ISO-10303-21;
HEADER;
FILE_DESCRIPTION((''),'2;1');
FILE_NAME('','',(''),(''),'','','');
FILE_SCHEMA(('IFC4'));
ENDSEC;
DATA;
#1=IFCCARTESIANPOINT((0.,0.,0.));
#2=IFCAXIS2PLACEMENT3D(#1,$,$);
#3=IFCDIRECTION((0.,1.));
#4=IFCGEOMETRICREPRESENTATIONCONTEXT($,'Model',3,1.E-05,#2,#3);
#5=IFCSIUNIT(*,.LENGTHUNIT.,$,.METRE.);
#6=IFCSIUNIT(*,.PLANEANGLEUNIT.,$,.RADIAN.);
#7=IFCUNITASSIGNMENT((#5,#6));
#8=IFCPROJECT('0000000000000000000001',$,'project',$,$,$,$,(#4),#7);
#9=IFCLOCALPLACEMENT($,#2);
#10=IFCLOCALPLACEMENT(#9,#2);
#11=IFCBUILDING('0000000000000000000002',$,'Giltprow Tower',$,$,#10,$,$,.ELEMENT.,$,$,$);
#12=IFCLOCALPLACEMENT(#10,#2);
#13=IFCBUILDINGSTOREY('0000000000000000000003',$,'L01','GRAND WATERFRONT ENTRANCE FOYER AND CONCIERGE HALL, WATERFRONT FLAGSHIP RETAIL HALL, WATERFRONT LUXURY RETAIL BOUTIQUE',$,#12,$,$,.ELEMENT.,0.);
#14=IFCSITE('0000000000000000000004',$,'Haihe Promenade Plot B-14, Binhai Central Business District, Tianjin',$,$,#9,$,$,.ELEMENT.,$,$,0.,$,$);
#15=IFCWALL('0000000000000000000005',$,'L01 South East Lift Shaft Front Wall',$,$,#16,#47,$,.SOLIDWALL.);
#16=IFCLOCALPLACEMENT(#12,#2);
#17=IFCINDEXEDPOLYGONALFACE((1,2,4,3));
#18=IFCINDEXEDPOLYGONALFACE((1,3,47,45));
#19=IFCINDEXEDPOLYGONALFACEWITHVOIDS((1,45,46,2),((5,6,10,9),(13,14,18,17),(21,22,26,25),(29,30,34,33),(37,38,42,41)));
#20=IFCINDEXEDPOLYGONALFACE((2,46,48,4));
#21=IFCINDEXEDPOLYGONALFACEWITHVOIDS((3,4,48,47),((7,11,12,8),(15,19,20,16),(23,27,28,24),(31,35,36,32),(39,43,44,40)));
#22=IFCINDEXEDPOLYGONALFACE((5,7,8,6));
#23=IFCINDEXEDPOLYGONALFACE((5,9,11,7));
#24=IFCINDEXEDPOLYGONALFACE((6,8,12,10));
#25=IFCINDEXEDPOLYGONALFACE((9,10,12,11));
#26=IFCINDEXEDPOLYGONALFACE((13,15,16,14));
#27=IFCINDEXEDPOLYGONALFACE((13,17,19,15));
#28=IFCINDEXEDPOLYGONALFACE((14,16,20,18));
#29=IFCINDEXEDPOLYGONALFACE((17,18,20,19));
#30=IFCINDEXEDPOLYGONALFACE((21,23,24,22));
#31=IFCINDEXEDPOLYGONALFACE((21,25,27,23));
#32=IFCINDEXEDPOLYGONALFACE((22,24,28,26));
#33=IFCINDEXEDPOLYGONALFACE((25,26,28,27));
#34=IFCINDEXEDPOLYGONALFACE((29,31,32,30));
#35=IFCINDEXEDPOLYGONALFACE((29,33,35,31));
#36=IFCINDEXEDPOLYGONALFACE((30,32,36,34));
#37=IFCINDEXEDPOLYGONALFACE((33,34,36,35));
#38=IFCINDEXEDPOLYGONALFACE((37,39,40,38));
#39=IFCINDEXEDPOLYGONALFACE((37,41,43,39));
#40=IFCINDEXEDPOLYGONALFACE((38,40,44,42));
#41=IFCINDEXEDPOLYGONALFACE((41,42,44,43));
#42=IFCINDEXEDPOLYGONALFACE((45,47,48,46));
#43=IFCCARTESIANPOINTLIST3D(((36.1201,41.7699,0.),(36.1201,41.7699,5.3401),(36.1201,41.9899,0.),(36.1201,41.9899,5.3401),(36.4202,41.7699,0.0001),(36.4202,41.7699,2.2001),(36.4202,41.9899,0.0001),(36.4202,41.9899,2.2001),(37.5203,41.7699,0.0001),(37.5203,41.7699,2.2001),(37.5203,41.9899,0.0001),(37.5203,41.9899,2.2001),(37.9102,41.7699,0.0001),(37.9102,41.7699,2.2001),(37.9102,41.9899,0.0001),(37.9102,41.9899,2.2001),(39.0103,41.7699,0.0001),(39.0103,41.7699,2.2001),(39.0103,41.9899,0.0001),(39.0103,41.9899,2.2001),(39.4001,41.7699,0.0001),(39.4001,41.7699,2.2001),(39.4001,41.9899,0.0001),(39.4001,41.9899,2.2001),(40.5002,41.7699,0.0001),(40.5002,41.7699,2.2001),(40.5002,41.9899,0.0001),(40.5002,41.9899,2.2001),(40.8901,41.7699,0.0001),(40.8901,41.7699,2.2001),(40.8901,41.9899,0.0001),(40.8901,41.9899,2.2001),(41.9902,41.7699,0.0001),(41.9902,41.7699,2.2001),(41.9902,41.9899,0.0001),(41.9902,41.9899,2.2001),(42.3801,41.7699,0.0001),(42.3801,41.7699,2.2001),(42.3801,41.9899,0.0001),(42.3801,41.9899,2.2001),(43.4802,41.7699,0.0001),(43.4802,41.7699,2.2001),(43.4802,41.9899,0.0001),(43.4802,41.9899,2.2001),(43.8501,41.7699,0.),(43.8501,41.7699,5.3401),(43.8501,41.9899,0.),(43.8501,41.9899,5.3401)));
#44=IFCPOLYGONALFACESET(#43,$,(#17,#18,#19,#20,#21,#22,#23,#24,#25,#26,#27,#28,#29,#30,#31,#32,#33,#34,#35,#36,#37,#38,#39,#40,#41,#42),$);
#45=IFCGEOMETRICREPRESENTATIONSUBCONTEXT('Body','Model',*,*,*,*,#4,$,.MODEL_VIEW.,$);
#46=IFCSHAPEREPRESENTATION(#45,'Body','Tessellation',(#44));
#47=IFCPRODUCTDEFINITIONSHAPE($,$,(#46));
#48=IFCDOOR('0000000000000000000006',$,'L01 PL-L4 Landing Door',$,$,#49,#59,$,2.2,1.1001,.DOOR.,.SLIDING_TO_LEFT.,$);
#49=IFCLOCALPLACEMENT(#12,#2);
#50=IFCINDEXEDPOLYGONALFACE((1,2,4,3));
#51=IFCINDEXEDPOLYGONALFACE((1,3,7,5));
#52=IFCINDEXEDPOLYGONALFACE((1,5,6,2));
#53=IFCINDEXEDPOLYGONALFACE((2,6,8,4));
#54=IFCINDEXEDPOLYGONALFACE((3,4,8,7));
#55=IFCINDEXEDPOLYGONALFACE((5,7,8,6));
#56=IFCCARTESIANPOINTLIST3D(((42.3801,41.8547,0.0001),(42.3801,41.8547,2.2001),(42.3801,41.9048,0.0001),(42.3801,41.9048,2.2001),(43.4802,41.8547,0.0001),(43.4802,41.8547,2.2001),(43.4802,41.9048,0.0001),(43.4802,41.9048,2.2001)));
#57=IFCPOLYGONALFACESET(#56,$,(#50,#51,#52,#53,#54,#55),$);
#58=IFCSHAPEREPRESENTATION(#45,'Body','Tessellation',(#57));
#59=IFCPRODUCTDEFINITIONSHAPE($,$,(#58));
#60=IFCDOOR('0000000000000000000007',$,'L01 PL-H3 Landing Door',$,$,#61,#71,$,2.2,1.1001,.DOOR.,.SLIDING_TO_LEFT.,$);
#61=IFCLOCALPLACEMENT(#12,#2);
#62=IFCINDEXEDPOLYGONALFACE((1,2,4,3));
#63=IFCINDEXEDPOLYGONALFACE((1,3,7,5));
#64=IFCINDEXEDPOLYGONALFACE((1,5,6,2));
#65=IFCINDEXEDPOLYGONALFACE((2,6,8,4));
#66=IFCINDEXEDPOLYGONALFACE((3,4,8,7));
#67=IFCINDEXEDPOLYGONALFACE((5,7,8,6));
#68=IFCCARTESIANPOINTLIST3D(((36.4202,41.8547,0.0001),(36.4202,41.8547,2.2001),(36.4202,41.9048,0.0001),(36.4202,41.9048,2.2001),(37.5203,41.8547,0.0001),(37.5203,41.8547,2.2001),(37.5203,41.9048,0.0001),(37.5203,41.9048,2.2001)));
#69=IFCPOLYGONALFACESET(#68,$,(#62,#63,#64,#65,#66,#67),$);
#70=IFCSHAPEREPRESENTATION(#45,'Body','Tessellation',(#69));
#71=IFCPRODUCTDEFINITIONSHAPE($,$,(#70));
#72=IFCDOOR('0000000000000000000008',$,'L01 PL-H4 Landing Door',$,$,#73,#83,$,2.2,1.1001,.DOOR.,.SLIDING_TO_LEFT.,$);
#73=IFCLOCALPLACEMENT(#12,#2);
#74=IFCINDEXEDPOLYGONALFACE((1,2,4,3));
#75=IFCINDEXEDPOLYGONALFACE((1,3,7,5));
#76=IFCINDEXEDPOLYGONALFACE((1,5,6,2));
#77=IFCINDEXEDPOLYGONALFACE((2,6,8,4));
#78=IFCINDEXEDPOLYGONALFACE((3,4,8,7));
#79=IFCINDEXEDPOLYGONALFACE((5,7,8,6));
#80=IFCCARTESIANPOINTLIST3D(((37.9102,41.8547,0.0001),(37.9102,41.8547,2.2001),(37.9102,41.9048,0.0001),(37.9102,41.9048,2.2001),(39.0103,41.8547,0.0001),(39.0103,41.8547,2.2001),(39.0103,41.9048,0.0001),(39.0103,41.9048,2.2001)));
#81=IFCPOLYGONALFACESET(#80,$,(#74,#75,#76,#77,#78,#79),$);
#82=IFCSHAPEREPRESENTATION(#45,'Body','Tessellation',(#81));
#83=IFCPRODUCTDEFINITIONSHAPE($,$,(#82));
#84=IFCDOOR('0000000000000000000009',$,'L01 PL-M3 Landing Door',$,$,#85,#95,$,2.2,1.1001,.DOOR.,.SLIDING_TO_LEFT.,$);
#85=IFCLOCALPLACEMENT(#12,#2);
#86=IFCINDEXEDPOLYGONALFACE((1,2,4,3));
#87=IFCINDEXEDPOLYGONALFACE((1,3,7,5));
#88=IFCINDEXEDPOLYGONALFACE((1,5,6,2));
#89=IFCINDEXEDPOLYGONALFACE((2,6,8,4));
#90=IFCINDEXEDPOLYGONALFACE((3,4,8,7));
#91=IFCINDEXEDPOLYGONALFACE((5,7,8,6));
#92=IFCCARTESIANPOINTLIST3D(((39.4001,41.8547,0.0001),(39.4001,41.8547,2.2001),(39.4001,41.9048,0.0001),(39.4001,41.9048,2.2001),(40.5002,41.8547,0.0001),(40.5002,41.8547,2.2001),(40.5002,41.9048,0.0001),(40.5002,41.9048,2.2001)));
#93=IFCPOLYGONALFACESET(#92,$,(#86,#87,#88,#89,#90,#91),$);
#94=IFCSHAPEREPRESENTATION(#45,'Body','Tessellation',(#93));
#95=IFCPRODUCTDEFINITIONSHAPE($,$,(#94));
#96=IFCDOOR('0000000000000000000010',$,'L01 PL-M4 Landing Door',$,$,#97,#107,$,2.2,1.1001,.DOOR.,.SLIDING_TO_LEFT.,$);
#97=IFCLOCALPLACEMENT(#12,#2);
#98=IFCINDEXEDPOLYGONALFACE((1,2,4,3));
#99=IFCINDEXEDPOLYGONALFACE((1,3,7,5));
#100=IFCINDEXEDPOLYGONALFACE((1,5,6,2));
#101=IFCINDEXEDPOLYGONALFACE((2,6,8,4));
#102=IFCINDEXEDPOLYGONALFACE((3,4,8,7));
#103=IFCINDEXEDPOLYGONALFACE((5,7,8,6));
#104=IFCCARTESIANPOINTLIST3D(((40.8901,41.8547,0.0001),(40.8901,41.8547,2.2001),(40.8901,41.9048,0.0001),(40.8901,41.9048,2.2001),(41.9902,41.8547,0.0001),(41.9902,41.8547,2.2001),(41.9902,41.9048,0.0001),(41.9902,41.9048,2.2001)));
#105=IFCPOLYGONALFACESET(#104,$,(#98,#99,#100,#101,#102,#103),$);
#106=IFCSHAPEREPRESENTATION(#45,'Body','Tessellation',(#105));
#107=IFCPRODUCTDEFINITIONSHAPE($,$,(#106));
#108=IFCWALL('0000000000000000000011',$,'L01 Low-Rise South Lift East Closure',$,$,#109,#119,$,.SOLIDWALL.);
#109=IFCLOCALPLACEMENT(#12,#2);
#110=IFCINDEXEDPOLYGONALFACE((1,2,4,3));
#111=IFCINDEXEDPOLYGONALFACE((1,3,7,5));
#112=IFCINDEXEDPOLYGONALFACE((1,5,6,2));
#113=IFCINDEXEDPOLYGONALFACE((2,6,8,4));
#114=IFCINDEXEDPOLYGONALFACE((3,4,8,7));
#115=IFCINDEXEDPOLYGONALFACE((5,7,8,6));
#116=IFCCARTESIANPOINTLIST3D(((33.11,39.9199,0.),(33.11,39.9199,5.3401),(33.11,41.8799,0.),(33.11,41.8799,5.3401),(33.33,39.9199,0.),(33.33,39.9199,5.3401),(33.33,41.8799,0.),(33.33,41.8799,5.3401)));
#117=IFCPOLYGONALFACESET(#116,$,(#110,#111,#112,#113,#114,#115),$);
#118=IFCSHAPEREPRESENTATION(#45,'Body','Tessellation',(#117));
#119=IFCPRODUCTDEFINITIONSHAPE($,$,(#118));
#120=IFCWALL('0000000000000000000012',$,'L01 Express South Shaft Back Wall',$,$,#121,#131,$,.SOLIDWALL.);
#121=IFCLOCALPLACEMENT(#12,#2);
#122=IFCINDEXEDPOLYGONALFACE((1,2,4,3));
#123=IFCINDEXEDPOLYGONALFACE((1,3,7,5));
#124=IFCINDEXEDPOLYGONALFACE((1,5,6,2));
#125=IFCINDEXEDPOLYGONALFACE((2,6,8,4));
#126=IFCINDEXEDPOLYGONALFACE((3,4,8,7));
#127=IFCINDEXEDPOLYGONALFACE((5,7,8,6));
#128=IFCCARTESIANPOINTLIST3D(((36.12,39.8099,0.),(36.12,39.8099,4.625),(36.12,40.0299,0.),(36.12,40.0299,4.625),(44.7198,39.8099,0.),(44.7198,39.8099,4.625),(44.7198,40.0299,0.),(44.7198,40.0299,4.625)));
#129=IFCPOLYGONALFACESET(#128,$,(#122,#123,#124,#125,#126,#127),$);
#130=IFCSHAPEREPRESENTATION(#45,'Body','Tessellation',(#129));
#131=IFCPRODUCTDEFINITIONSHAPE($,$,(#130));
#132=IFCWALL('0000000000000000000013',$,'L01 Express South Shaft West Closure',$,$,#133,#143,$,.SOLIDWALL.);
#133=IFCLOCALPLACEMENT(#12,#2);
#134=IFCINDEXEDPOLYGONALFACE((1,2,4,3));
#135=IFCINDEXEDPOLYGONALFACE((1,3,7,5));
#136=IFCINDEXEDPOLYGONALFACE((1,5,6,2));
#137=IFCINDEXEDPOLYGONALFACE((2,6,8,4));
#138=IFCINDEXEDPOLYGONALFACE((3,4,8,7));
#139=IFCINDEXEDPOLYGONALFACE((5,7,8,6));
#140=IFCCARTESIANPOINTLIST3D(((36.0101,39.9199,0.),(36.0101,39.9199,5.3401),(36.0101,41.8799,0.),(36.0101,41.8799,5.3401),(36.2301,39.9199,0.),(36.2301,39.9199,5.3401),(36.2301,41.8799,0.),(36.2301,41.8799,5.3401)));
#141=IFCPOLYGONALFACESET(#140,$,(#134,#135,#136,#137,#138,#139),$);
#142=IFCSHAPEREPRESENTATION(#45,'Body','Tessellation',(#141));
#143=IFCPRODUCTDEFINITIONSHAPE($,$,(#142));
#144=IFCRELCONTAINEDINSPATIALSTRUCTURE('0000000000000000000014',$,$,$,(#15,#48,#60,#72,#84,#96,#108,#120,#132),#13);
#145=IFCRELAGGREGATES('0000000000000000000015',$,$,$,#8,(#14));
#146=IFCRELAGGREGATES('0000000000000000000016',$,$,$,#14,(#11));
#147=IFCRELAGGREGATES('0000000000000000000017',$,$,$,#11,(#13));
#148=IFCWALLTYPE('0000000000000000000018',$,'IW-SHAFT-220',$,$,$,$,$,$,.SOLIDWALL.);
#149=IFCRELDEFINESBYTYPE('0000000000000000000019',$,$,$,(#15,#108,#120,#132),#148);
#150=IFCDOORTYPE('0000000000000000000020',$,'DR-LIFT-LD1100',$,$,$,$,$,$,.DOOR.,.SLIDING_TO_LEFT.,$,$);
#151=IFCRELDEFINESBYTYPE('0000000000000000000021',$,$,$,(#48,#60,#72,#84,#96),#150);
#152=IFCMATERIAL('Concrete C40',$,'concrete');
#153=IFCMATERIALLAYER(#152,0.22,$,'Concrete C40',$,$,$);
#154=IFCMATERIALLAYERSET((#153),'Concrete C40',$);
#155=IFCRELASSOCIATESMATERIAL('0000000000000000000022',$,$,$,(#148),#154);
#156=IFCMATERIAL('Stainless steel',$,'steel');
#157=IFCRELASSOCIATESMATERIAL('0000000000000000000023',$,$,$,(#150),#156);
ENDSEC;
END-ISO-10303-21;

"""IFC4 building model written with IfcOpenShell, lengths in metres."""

from ifc_helpers import new_model, si_unit, direction, frame, frame_2d, origin, place, context, subcontext, project, spatial, rectangle, extrude, source, transform, mapped, material, layer, layer_set, type_object, element, fill, save


model = new_model("IFC4")

# Units and contexts
model_context = context("Model", 3, precision=1e-05, world=origin(), true_north=direction((0.0, 1.0)))
body_context = subcontext(model_context, "Body", "Model", "MODEL_VIEW")
ifc_project = project(units=[si_unit("LENGTHUNIT", "METRE"), si_unit("PLANEANGLEUNIT", "RADIAN")], contexts=[model_context])

# Site, building, storey
site_placement = place(None, origin())
site = spatial("IfcSite", under=ifc_project, at=site_placement, Name="Haihe Promenade Plot B-14, Binhai Central Business District, Tianjin", CompositionType="ELEMENT", RefElevation=0.0)
building_placement = place(site_placement, origin())
building = spatial("IfcBuilding", under=site, at=building_placement, Name="Giltprow Tower", CompositionType="ELEMENT")
storey_placement = place(building_placement, origin())
storey = spatial("IfcBuildingStorey", under=building, at=storey_placement, Name="L01", Description="GRAND WATERFRONT ENTRANCE FOYER AND CONCIERGE HALL, WATERFRONT FLAGSHIP RETAIL HALL, WATERFRONT LUXURY RETAIL BOUTIQUE", CompositionType="ELEMENT", Elevation=0.0)

# Shared definitions
ifc_material_1 = material(Name="Concrete C40", Category="concrete")
ifc_layer_1 = layer(ifc_material_1, 0.22, Name="Concrete C40")
ifc_layer_set_1 = layer_set([ifc_layer_1], Name="Concrete C40")
wall_type_1 = type_object("IfcWallType", Name="IW-SHAFT-220", PredefinedType="SOLIDWALL", material=ifc_layer_set_1)
ifc_material_2 = material(Name="Stainless steel", Category="steel")
door_type_1 = type_object("IfcDoorType", Name="DR-LIFT-LD1100", OperationType="SLIDING_TO_LEFT", PredefinedType="DOOR", material=ifc_material_2)
shared_shape_1 = source(origin(), body_context, "Body", "SweptSolid", [
    extrude(rectangle(XDim=1.1001, YDim=2.2, at=frame_2d((0.55, 1.1001))), frame((0.0, 0.0249, 0.0), z_axis=(0.0, -1.0, 0.0), x_axis=(1.0, 0.0, 0.0)), (0.0, 0.0, 1.0), 0.05),
])

# Wall, openings, doors
wall_1_placement = place(storey_placement, frame((36.1201, 41.8799, 0.0), z_axis=(0.0, 0.0, 1.0), x_axis=(1.0, 0.0, 0.0)))
wall_1 = element("IfcWall", 1, at=wall_1_placement, inside=storey, type_object=wall_type_1, Name="L01 South East Lift Shaft Front Wall", PredefinedType="SOLIDWALL", context=body_context, shape_type="SweptSolid", body=[
    extrude(rectangle(XDim=7.73, YDim=0.22, at=frame_2d((3.865, 0.0))), origin(), (0.0, 0.0, 1.0), 5.3401),
])
opening_1_placement = place(wall_1_placement, frame((6.26, 0.0, 0.0)))
opening_1 = element("IfcOpeningElement", 2, at=opening_1_placement, cuts=wall_1, PredefinedType="OPENING", context=body_context, shape_type="SweptSolid", body=[
    extrude(rectangle(XDim=1.1001, YDim=2.2, at=frame_2d((0.55, 1.1001))), frame((0.0, 0.1199, 0.0), z_axis=(0.0, -1.0, 0.0), x_axis=(1.0, 0.0, 0.0)), (0.0, 0.0, 1.0), 0.24),
])
opening_2_placement = place(wall_1_placement, frame((0.3, 0.0, 0.0)))
opening_2 = element("IfcOpeningElement", 3, at=opening_2_placement, cuts=wall_1, PredefinedType="OPENING", context=body_context, shape_type="SweptSolid", body=[
    extrude(rectangle(XDim=1.1001, YDim=2.2, at=frame_2d((0.55, 1.1001))), frame((0.0, 0.1199, 0.0), z_axis=(0.0, -1.0, 0.0), x_axis=(1.0, 0.0, 0.0)), (0.0, 0.0, 1.0), 0.24),
])
opening_3_placement = place(wall_1_placement, frame((1.79, 0.0, 0.0)))
opening_3 = element("IfcOpeningElement", 4, at=opening_3_placement, cuts=wall_1, PredefinedType="OPENING", context=body_context, shape_type="SweptSolid", body=[
    extrude(rectangle(XDim=1.1001, YDim=2.2, at=frame_2d((0.55, 1.1001))), frame((0.0, 0.1199, 0.0), z_axis=(0.0, -1.0, 0.0), x_axis=(1.0, 0.0, 0.0)), (0.0, 0.0, 1.0), 0.24),
])
opening_4_placement = place(wall_1_placement, frame((3.28, 0.0, 0.0)))
opening_4 = element("IfcOpeningElement", 5, at=opening_4_placement, cuts=wall_1, PredefinedType="OPENING", context=body_context, shape_type="SweptSolid", body=[
    extrude(rectangle(XDim=1.1001, YDim=2.2, at=frame_2d((0.55, 1.1001))), frame((0.0, 0.1199, 0.0), z_axis=(0.0, -1.0, 0.0), x_axis=(1.0, 0.0, 0.0)), (0.0, 0.0, 1.0), 0.24),
])
opening_5_placement = place(wall_1_placement, frame((4.77, 0.0, 0.0)))
opening_5 = element("IfcOpeningElement", 6, at=opening_5_placement, cuts=wall_1, PredefinedType="OPENING", context=body_context, shape_type="SweptSolid", body=[
    extrude(rectangle(XDim=1.1001, YDim=2.2, at=frame_2d((0.55, 1.1001))), frame((0.0, 0.1199, 0.0), z_axis=(0.0, -1.0, 0.0), x_axis=(1.0, 0.0, 0.0)), (0.0, 0.0, 1.0), 0.24),
])
door_1_placement = place(opening_1_placement, origin())
door_1 = element("IfcDoor", 7, at=door_1_placement, inside=storey, type_object=door_type_1, Name="L01 PL-L4 Landing Door", OperationType="SLIDING_TO_LEFT", OverallHeight=2.2, OverallWidth=1.1001, PredefinedType="DOOR", context=body_context, shape_type="MappedRepresentation", body=[
    mapped(shared_shape_1, transform((0.0, 0.0, 0.0), x_axis=(1.0, 0.0, 0.0), y_axis=(0.0, 1.0, 0.0), z_axis=(0.0, 0.0, 1.0), scale=1.0)),
])
fill(opening_1, door_1)
door_2_placement = place(opening_2_placement, origin())
door_2 = element("IfcDoor", 8, at=door_2_placement, inside=storey, type_object=door_type_1, Name="L01 PL-H3 Landing Door", OperationType="SLIDING_TO_LEFT", OverallHeight=2.2, OverallWidth=1.1001, PredefinedType="DOOR", context=body_context, shape_type="MappedRepresentation", body=[
    mapped(shared_shape_1, transform((0.0, 0.0, 0.0), x_axis=(1.0, 0.0, 0.0), y_axis=(0.0, 1.0, 0.0), z_axis=(0.0, 0.0, 1.0), scale=1.0)),
])
fill(opening_2, door_2)
door_3_placement = place(opening_3_placement, origin())
door_3 = element("IfcDoor", 9, at=door_3_placement, inside=storey, type_object=door_type_1, Name="L01 PL-H4 Landing Door", OperationType="SLIDING_TO_LEFT", OverallHeight=2.2, OverallWidth=1.1001, PredefinedType="DOOR", context=body_context, shape_type="MappedRepresentation", body=[
    mapped(shared_shape_1, transform((0.0, 0.0, 0.0), x_axis=(1.0, 0.0, 0.0), y_axis=(0.0, 1.0, 0.0), z_axis=(0.0, 0.0, 1.0), scale=1.0)),
])
fill(opening_3, door_3)
door_4_placement = place(opening_4_placement, origin())
door_4 = element("IfcDoor", 10, at=door_4_placement, inside=storey, type_object=door_type_1, Name="L01 PL-M3 Landing Door", OperationType="SLIDING_TO_LEFT", OverallHeight=2.2, OverallWidth=1.1001, PredefinedType="DOOR", context=body_context, shape_type="MappedRepresentation", body=[
    mapped(shared_shape_1, transform((0.0, 0.0, 0.0), x_axis=(1.0, 0.0, 0.0), y_axis=(0.0, 1.0, 0.0), z_axis=(0.0, 0.0, 1.0), scale=1.0)),
])
fill(opening_4, door_4)
door_5_placement = place(opening_5_placement, origin())
door_5 = element("IfcDoor", 11, at=door_5_placement, inside=storey, type_object=door_type_1, Name="L01 PL-M4 Landing Door", OperationType="SLIDING_TO_LEFT", OverallHeight=2.2, OverallWidth=1.1001, PredefinedType="DOOR", context=body_context, shape_type="MappedRepresentation", body=[
    mapped(shared_shape_1, transform((0.0, 0.0, 0.0), x_axis=(1.0, 0.0, 0.0), y_axis=(0.0, 1.0, 0.0), z_axis=(0.0, 0.0, 1.0), scale=1.0)),
])
fill(opening_5, door_5)

# Walls
wall_2_placement = place(storey_placement, frame((33.22, 39.9199, 0.0), z_axis=(0.0, 0.0, 1.0), x_axis=(0.0, 1.0, 0.0)))
element("IfcWall", 12, at=wall_2_placement, inside=storey, type_object=wall_type_1, Name="L01 Low-Rise South Lift East Closure", PredefinedType="SOLIDWALL", context=body_context, shape_type="SweptSolid", body=[
    extrude(rectangle(XDim=1.96, YDim=0.22, at=frame_2d((0.98, 0.0))), origin(), (0.0, 0.0, 1.0), 5.3401),
])
wall_3_placement = place(storey_placement, frame((36.1201, 39.9199, 0.0), z_axis=(0.0, 0.0, 1.0), x_axis=(1.0, 0.0, 0.0)))
element("IfcWall", 13, at=wall_3_placement, inside=storey, type_object=wall_type_1, Name="L01 Express South Shaft Back Wall", PredefinedType="SOLIDWALL", context=body_context, shape_type="SweptSolid", body=[
    extrude(rectangle(XDim=8.5999, YDim=0.22, at=frame_2d((4.2998, 0.0))), origin(), (0.0, 0.0, 1.0), 4.625),
])
wall_4_placement = place(storey_placement, frame((36.1201, 39.9199, 0.0), z_axis=(0.0, 0.0, 1.0), x_axis=(0.0, 1.0, 0.0)))
element("IfcWall", 14, at=wall_4_placement, inside=storey, type_object=wall_type_1, Name="L01 Express South Shaft West Closure", PredefinedType="SOLIDWALL", context=body_context, shape_type="SweptSolid", body=[
    extrude(rectangle(XDim=1.96, YDim=0.22, at=frame_2d((0.98, 0.0))), origin(), (0.0, 0.0, 1.0), 5.3401),
])

save(model, "model.ifc")
